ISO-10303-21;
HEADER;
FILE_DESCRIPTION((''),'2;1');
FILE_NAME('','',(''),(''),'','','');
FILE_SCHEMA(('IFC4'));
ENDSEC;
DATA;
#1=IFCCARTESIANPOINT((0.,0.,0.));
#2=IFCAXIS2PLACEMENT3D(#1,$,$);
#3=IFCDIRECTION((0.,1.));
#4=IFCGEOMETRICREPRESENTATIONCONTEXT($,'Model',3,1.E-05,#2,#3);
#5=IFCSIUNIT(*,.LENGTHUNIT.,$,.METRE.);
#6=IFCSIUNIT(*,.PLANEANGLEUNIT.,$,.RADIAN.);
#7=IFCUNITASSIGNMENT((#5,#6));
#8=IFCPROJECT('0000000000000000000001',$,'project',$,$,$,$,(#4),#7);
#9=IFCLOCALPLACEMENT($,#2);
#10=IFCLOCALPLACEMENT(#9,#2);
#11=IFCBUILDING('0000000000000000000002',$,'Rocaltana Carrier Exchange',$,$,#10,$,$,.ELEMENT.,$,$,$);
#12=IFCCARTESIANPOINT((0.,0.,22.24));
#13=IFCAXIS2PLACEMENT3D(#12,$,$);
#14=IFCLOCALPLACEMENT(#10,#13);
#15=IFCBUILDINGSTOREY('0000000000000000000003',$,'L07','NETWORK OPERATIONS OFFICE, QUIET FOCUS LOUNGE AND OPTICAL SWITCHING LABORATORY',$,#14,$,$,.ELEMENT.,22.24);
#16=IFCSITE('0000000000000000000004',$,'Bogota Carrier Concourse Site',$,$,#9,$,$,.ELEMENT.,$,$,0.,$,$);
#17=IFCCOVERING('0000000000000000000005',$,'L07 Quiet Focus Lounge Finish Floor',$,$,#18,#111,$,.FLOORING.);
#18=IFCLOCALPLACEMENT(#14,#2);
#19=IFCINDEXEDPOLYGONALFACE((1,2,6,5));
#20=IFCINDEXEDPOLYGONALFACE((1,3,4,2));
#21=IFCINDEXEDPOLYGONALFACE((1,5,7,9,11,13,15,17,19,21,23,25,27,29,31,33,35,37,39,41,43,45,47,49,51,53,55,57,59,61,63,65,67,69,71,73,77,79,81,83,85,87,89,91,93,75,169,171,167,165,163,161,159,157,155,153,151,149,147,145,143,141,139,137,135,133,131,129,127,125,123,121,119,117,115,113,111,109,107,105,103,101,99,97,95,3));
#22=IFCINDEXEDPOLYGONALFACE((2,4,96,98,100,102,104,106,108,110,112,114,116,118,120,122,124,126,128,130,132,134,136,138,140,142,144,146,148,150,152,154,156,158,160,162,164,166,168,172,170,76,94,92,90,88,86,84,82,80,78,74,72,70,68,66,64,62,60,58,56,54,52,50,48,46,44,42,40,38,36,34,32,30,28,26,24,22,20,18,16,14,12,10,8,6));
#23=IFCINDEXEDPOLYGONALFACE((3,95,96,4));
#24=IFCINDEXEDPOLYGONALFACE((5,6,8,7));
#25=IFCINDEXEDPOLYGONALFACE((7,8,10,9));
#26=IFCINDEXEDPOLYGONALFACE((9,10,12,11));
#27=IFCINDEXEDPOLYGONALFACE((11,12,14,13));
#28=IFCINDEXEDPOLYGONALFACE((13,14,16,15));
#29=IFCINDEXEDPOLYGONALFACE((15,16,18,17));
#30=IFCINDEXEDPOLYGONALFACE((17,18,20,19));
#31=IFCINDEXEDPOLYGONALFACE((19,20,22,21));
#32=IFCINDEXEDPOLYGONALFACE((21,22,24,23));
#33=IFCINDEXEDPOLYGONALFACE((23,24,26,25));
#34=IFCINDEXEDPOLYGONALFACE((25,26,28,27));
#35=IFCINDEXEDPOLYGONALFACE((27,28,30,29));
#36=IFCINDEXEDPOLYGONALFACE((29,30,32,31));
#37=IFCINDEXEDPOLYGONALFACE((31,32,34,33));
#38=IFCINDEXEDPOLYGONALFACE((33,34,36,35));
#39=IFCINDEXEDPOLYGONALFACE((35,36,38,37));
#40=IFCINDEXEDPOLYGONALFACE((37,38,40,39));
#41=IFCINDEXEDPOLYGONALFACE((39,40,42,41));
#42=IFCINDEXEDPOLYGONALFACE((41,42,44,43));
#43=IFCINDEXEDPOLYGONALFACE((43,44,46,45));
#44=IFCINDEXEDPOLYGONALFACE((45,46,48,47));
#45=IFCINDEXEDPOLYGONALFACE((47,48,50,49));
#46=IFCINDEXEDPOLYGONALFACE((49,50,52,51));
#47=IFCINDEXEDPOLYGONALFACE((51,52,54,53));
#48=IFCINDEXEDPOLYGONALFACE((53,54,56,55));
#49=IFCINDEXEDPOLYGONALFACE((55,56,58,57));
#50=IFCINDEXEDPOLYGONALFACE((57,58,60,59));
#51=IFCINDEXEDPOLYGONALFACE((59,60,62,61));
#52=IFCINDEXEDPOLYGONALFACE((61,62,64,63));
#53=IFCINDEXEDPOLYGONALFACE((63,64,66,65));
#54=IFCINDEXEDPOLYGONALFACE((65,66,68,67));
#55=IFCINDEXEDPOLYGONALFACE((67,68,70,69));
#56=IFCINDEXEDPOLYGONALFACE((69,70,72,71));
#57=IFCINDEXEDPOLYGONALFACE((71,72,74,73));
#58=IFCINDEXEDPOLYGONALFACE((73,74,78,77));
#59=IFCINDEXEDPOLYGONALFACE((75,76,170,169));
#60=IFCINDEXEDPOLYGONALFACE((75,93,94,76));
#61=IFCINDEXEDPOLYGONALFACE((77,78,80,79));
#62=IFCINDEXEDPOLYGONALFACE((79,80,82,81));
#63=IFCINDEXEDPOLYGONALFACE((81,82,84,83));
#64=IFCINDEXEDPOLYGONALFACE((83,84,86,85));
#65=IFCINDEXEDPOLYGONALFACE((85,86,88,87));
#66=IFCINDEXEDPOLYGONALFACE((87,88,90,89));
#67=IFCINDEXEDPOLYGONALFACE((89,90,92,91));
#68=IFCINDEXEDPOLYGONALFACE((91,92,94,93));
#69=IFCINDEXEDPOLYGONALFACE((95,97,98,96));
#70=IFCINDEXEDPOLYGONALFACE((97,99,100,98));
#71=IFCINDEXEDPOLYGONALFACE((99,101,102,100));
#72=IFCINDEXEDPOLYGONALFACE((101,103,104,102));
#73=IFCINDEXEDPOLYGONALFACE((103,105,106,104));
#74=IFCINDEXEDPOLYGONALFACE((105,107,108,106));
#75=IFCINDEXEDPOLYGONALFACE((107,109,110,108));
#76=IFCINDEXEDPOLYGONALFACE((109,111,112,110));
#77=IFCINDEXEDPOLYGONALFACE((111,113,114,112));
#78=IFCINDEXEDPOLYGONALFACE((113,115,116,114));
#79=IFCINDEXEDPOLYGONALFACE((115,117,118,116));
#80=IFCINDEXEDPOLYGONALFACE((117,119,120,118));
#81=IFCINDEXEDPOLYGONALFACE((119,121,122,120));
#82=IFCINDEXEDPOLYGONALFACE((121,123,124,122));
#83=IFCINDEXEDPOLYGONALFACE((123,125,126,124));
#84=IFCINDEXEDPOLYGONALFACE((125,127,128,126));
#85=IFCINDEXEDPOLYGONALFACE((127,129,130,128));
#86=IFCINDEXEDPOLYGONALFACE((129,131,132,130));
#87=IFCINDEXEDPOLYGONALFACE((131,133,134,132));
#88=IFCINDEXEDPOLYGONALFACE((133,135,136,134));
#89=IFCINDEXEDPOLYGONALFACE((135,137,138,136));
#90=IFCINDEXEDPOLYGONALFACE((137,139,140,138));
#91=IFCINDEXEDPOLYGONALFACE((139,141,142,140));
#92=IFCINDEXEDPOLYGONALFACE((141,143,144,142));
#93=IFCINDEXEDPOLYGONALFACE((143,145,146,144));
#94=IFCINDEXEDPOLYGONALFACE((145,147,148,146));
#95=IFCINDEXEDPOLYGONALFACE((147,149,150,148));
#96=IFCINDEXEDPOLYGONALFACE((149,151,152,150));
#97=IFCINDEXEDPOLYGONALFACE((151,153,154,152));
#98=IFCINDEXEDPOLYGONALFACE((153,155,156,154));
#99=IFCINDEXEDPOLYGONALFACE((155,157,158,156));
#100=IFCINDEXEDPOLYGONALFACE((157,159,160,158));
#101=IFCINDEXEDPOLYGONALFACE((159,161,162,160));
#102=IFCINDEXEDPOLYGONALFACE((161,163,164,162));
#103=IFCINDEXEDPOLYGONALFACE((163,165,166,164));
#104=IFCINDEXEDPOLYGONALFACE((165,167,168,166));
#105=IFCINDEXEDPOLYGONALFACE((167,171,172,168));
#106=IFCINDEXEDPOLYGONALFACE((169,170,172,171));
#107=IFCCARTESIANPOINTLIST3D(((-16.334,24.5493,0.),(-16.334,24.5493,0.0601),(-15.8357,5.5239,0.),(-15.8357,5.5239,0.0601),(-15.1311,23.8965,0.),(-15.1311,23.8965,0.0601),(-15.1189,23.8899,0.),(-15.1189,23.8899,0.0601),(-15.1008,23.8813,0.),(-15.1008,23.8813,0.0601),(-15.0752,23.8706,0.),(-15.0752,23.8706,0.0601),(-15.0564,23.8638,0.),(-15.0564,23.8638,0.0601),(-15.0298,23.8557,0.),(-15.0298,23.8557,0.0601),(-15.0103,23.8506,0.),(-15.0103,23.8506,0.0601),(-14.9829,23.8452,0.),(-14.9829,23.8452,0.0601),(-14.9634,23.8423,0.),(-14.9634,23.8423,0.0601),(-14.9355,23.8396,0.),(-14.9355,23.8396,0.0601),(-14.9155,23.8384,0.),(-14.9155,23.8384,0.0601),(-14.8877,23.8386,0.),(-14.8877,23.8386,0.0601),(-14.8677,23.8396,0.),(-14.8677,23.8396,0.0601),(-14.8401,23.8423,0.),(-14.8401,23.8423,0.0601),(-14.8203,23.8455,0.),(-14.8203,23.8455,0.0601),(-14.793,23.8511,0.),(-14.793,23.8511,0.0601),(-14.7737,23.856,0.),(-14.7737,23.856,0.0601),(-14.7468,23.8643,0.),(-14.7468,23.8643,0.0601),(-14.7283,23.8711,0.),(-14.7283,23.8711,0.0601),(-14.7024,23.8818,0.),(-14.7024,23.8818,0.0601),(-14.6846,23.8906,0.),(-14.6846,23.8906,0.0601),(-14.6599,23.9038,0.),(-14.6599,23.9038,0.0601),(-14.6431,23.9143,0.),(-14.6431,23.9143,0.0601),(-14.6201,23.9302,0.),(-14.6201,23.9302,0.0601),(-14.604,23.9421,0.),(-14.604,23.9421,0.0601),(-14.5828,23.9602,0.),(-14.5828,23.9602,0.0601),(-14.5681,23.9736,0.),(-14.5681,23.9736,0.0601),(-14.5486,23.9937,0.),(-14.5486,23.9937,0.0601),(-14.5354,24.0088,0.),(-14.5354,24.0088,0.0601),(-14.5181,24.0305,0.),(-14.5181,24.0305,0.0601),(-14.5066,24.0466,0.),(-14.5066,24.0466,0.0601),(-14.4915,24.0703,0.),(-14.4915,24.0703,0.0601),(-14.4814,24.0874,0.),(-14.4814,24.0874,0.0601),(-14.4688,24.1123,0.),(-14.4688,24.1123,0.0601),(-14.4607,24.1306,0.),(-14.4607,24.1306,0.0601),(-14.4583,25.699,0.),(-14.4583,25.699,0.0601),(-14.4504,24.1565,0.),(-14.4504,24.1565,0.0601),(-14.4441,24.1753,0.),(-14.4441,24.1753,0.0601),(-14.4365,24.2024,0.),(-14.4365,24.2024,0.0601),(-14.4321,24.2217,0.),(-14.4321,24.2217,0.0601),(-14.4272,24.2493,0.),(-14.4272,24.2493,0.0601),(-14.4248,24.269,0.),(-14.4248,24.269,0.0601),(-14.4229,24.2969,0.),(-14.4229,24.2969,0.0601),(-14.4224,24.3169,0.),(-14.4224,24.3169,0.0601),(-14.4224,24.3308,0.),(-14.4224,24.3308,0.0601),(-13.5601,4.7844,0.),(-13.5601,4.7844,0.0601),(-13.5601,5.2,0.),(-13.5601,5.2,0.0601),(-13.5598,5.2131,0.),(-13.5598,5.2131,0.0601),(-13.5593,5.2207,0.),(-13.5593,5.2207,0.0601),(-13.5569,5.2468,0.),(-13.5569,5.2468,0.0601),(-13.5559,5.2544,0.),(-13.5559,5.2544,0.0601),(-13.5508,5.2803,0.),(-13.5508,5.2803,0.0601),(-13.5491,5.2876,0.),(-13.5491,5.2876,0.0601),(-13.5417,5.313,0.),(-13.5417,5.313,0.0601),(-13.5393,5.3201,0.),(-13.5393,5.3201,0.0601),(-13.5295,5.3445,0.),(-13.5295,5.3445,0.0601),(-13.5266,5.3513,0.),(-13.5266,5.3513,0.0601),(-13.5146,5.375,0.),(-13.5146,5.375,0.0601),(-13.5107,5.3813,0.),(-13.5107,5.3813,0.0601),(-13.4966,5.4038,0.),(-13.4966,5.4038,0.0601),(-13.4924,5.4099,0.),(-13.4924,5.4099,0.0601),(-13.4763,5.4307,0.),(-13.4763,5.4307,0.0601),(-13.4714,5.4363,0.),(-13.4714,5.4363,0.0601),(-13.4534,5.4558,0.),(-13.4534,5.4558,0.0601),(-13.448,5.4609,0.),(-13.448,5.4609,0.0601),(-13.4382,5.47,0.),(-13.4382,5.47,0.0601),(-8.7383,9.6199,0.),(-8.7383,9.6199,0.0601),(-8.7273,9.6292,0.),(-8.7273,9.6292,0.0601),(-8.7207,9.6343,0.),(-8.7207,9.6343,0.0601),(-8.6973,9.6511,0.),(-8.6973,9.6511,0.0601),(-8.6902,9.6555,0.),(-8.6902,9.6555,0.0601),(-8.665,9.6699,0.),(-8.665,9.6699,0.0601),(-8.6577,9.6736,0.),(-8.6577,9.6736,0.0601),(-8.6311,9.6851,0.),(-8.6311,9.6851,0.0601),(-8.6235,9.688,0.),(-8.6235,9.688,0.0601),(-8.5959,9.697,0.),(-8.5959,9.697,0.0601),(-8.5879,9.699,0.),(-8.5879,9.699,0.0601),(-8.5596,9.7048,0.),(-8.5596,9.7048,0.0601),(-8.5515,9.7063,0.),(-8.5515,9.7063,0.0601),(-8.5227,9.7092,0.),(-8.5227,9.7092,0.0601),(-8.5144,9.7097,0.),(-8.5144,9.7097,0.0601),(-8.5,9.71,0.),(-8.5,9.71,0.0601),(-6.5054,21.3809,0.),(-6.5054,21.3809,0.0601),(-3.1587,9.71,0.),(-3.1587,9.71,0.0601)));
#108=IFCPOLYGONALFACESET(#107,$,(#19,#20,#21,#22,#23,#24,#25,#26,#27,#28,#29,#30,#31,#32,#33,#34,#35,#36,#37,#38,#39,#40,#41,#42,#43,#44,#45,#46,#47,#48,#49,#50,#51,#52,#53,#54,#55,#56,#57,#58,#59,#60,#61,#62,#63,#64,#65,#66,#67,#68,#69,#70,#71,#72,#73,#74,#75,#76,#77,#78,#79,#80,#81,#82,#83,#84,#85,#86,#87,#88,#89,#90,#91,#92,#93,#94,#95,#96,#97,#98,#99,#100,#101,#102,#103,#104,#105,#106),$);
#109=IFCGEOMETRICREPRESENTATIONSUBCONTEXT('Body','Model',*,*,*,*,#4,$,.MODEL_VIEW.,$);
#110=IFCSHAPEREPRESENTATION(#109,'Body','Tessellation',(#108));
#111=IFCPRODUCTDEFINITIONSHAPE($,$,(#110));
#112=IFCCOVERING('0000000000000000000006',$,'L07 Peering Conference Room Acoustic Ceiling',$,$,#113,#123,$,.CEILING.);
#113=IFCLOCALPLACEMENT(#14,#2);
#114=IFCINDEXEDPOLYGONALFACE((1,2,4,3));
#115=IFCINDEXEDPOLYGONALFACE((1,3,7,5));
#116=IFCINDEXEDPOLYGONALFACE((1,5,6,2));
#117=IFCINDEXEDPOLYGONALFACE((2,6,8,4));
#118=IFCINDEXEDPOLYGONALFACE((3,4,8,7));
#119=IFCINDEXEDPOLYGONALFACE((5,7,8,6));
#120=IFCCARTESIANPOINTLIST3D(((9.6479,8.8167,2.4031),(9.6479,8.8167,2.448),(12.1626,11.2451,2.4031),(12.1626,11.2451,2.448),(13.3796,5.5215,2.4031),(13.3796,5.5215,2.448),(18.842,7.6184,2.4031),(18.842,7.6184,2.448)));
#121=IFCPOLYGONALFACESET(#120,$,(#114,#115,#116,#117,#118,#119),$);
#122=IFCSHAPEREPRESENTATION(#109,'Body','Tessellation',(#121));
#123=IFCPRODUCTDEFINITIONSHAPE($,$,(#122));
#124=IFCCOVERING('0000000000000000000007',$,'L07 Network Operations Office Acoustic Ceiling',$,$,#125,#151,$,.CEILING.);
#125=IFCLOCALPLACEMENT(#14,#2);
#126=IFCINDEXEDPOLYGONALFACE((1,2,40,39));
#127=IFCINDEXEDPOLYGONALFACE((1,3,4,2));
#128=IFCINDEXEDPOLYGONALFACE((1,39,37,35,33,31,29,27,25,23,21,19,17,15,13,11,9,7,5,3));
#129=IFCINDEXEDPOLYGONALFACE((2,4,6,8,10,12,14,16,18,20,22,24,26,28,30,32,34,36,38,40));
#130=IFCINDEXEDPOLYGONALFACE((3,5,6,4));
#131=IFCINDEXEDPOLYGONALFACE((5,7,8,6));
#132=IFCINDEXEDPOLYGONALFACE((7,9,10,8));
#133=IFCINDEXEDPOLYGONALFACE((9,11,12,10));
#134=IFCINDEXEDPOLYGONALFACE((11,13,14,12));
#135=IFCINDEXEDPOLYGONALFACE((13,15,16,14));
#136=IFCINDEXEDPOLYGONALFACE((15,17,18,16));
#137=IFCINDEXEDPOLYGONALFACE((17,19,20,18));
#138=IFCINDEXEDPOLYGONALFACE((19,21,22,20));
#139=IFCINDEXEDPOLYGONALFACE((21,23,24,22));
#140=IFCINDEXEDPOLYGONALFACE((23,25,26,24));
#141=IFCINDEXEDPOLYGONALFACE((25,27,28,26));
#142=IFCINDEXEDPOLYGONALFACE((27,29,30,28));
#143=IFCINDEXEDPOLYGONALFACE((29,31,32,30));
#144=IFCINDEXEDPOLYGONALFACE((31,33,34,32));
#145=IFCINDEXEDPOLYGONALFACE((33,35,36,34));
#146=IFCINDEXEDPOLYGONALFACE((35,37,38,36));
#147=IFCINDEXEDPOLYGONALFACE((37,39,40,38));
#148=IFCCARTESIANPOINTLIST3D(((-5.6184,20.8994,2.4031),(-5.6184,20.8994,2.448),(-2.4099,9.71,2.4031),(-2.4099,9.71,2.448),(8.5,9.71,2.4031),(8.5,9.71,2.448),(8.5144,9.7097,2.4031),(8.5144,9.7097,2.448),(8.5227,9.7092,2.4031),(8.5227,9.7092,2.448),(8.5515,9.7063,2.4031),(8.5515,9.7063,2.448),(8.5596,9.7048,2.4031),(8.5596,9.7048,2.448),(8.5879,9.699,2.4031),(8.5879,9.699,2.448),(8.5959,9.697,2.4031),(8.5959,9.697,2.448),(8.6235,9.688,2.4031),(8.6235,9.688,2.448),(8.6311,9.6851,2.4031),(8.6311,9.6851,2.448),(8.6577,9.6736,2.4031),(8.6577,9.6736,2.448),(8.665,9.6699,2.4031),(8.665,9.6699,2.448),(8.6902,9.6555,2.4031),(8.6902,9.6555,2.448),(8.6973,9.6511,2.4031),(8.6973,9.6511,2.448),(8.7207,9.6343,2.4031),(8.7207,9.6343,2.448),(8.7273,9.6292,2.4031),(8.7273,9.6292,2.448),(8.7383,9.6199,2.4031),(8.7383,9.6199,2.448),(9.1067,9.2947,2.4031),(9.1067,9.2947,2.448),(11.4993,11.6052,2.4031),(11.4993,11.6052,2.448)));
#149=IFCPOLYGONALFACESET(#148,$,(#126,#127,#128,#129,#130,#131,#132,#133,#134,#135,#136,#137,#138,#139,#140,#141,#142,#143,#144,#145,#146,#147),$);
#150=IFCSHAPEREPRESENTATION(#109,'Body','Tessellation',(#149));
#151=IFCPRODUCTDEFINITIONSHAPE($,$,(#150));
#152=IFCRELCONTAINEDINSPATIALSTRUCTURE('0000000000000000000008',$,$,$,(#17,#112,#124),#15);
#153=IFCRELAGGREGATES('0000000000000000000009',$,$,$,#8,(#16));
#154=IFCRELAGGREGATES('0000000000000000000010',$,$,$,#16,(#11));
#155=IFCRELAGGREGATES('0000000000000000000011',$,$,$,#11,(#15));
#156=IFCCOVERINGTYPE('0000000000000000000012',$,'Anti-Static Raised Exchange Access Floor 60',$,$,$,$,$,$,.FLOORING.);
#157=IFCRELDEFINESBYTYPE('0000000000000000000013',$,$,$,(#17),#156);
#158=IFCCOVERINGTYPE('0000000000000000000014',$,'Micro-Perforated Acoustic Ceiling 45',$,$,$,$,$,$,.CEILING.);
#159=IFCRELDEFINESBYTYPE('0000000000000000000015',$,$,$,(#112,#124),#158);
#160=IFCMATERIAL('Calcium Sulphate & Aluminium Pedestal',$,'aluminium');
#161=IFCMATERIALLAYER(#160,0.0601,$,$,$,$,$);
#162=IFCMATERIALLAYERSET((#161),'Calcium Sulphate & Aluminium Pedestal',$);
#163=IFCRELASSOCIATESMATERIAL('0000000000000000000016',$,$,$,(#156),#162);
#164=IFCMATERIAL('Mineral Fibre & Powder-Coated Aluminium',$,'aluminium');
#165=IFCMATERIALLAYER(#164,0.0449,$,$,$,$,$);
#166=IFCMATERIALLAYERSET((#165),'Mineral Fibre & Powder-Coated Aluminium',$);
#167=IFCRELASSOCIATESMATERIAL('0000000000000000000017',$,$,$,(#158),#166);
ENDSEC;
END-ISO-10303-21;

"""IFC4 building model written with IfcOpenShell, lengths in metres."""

from ifc_helpers import new_model, si_unit, direction, frame, origin, place, context, subcontext, project, spatial, polyline, outline, extrude, material, layer, layer_set, type_object, element, save


model = new_model("IFC4")

# Units and contexts
model_context = context("Model", 3, precision=1e-05, world=origin(), true_north=direction((0.0, 1.0)))
body_context = subcontext(model_context, "Body", "Model", "MODEL_VIEW")
ifc_project = project(units=[si_unit("LENGTHUNIT", "METRE"), si_unit("PLANEANGLEUNIT", "RADIAN")], contexts=[model_context])

# Site, building, storey
site_placement = place(None, origin())
site = spatial("IfcSite", under=ifc_project, at=site_placement, Name="Bogota Carrier Concourse Site", CompositionType="ELEMENT", RefElevation=0.0)
building_placement = place(site_placement, origin())
building = spatial("IfcBuilding", under=site, at=building_placement, Name="Rocaltana Carrier Exchange", CompositionType="ELEMENT")
storey_placement = place(building_placement, frame((0.0, 0.0, 22.24)))
storey = spatial("IfcBuildingStorey", under=building, at=storey_placement, Name="L07", Description="NETWORK OPERATIONS OFFICE, QUIET FOCUS LOUNGE AND OPTICAL SWITCHING LABORATORY", CompositionType="ELEMENT", Elevation=22.24)

# Coverings
ifc_material_1 = material(Name="Calcium Sulphate & Aluminium Pedestal", Category="aluminium")
ifc_layer_1 = layer(ifc_material_1, 0.0601)
ifc_layer_set_1 = layer_set([ifc_layer_1], Name="Calcium Sulphate & Aluminium Pedestal")
covering_type_1 = type_object("IfcCoveringType", Name="Anti-Static Raised Exchange Access Floor 60", PredefinedType="FLOORING", material=ifc_layer_set_1)
covering_1_placement = place(storey_placement, origin())
element("IfcCovering", 1, at=covering_1_placement, inside=storey, type_object=covering_type_1, Name="L07 Quiet Focus Lounge Finish Floor", PredefinedType="FLOORING", context=body_context, shape_type="SweptSolid", body=[
    extrude(outline(polyline([(-16.334, 24.5493), (-15.1311, 23.8965), (-15.1189, 23.8899), (-15.1008, 23.8813), (-15.0752, 23.8706), (-15.0564, 23.8638), (-15.0298, 23.8557), (-15.0103, 23.8506), (-14.9829, 23.8452), (-14.9634, 23.8423), (-14.9355, 23.8396), (-14.9155, 23.8384), (-14.8877, 23.8386), (-14.8677, 23.8396), (-14.8401, 23.8423), (-14.8203, 23.8455), (-14.793, 23.8511), (-14.7737, 23.856), (-14.7468, 23.8643), (-14.7283, 23.8711), (-14.7024, 23.8818), (-14.6846, 23.8906), (-14.6599, 23.9038), (-14.6431, 23.9143), (-14.6201, 23.9302), (-14.604, 23.9421), (-14.5828, 23.9602), (-14.5681, 23.9736), (-14.5486, 23.9937), (-14.5354, 24.0088), (-14.5181, 24.0305), (-14.5066, 24.0466), (-14.4915, 24.0703), (-14.4814, 24.0874), (-14.4688, 24.1123), (-14.4607, 24.1306), (-14.4504, 24.1565), (-14.4441, 24.1753), (-14.4365, 24.2024), (-14.4321, 24.2217), (-14.4272, 24.2493), (-14.4248, 24.269), (-14.4229, 24.2969), (-14.4224, 24.3169), (-14.4224, 24.3308), (-14.4583, 25.699), (-6.5054, 21.3809), (-3.1587, 9.71), (-8.5, 9.71), (-8.5144, 9.7097), (-8.5227, 9.7092), (-8.5515, 9.7063), (-8.5596, 9.7048), (-8.5879, 9.699), (-8.5959, 9.697), (-8.6235, 9.688), (-8.6311, 9.6851), (-8.6577, 9.6736), (-8.665, 9.6699), (-8.6902, 9.6555), (-8.6973, 9.6511), (-8.7207, 9.6343), (-8.7273, 9.6292), (-8.7383, 9.6199), (-13.4382, 5.47), (-13.448, 5.4609), (-13.4534, 5.4558), (-13.4714, 5.4363), (-13.4763, 5.4307), (-13.4924, 5.4099), (-13.4966, 5.4038), (-13.5107, 5.3813), (-13.5146, 5.375), (-13.5266, 5.3513), (-13.5295, 5.3445), (-13.5393, 5.3201), (-13.5417, 5.313), (-13.5491, 5.2876), (-13.5508, 5.2803), (-13.5559, 5.2544), (-13.5569, 5.2468), (-13.5593, 5.2207), (-13.5598, 5.2131), (-13.5601, 5.2), (-13.5601, 4.7844), (-15.8357, 5.5239), (-16.334, 24.5493)])), origin(), (0.0, 0.0, 1.0), 0.0601),
])
ifc_material_2 = material(Name="Mineral Fibre & Powder-Coated Aluminium", Category="aluminium")
ifc_layer_2 = layer(ifc_material_2, 0.0449)
ifc_layer_set_2 = layer_set([ifc_layer_2], Name="Mineral Fibre & Powder-Coated Aluminium")
covering_type_2 = type_object("IfcCoveringType", Name="Micro-Perforated Acoustic Ceiling 45", PredefinedType="CEILING", material=ifc_layer_set_2)
covering_2_placement = place(storey_placement, frame((0.0, 0.0, 2.4031)))
element("IfcCovering", 2, at=covering_2_placement, inside=storey, type_object=covering_type_2, Name="L07 Peering Conference Room Acoustic Ceiling", PredefinedType="CEILING", context=body_context, shape_type="SweptSolid", body=[
    extrude(outline(polyline([(13.3796, 5.5215), (9.6479, 8.8167), (12.1626, 11.2451), (18.842, 7.6184), (13.3796, 5.5215)])), origin(), (0.0, 0.0, 1.0), 0.0449),
])
covering_3_placement = place(storey_placement, frame((0.0, 0.0, 2.4031)))
element("IfcCovering", 3, at=covering_3_placement, inside=storey, type_object=covering_type_2, Name="L07 Network Operations Office Acoustic Ceiling", PredefinedType="CEILING", context=body_context, shape_type="SweptSolid", body=[
    extrude(outline(polyline([(11.4993, 11.6052), (9.1067, 9.2947), (8.7383, 9.6199), (8.7273, 9.6292), (8.7207, 9.6343), (8.6973, 9.6511), (8.6902, 9.6555), (8.665, 9.6699), (8.6577, 9.6736), (8.6311, 9.6851), (8.6235, 9.688), (8.5959, 9.697), (8.5879, 9.699), (8.5596, 9.7048), (8.5515, 9.7063), (8.5227, 9.7092), (8.5144, 9.7097), (8.5, 9.71), (-2.4099, 9.71), (-5.6184, 20.8994), (11.4993, 11.6052)])), origin(), (0.0, 0.0, 1.0), 0.0449),
])

save(model, "model.ifc")
